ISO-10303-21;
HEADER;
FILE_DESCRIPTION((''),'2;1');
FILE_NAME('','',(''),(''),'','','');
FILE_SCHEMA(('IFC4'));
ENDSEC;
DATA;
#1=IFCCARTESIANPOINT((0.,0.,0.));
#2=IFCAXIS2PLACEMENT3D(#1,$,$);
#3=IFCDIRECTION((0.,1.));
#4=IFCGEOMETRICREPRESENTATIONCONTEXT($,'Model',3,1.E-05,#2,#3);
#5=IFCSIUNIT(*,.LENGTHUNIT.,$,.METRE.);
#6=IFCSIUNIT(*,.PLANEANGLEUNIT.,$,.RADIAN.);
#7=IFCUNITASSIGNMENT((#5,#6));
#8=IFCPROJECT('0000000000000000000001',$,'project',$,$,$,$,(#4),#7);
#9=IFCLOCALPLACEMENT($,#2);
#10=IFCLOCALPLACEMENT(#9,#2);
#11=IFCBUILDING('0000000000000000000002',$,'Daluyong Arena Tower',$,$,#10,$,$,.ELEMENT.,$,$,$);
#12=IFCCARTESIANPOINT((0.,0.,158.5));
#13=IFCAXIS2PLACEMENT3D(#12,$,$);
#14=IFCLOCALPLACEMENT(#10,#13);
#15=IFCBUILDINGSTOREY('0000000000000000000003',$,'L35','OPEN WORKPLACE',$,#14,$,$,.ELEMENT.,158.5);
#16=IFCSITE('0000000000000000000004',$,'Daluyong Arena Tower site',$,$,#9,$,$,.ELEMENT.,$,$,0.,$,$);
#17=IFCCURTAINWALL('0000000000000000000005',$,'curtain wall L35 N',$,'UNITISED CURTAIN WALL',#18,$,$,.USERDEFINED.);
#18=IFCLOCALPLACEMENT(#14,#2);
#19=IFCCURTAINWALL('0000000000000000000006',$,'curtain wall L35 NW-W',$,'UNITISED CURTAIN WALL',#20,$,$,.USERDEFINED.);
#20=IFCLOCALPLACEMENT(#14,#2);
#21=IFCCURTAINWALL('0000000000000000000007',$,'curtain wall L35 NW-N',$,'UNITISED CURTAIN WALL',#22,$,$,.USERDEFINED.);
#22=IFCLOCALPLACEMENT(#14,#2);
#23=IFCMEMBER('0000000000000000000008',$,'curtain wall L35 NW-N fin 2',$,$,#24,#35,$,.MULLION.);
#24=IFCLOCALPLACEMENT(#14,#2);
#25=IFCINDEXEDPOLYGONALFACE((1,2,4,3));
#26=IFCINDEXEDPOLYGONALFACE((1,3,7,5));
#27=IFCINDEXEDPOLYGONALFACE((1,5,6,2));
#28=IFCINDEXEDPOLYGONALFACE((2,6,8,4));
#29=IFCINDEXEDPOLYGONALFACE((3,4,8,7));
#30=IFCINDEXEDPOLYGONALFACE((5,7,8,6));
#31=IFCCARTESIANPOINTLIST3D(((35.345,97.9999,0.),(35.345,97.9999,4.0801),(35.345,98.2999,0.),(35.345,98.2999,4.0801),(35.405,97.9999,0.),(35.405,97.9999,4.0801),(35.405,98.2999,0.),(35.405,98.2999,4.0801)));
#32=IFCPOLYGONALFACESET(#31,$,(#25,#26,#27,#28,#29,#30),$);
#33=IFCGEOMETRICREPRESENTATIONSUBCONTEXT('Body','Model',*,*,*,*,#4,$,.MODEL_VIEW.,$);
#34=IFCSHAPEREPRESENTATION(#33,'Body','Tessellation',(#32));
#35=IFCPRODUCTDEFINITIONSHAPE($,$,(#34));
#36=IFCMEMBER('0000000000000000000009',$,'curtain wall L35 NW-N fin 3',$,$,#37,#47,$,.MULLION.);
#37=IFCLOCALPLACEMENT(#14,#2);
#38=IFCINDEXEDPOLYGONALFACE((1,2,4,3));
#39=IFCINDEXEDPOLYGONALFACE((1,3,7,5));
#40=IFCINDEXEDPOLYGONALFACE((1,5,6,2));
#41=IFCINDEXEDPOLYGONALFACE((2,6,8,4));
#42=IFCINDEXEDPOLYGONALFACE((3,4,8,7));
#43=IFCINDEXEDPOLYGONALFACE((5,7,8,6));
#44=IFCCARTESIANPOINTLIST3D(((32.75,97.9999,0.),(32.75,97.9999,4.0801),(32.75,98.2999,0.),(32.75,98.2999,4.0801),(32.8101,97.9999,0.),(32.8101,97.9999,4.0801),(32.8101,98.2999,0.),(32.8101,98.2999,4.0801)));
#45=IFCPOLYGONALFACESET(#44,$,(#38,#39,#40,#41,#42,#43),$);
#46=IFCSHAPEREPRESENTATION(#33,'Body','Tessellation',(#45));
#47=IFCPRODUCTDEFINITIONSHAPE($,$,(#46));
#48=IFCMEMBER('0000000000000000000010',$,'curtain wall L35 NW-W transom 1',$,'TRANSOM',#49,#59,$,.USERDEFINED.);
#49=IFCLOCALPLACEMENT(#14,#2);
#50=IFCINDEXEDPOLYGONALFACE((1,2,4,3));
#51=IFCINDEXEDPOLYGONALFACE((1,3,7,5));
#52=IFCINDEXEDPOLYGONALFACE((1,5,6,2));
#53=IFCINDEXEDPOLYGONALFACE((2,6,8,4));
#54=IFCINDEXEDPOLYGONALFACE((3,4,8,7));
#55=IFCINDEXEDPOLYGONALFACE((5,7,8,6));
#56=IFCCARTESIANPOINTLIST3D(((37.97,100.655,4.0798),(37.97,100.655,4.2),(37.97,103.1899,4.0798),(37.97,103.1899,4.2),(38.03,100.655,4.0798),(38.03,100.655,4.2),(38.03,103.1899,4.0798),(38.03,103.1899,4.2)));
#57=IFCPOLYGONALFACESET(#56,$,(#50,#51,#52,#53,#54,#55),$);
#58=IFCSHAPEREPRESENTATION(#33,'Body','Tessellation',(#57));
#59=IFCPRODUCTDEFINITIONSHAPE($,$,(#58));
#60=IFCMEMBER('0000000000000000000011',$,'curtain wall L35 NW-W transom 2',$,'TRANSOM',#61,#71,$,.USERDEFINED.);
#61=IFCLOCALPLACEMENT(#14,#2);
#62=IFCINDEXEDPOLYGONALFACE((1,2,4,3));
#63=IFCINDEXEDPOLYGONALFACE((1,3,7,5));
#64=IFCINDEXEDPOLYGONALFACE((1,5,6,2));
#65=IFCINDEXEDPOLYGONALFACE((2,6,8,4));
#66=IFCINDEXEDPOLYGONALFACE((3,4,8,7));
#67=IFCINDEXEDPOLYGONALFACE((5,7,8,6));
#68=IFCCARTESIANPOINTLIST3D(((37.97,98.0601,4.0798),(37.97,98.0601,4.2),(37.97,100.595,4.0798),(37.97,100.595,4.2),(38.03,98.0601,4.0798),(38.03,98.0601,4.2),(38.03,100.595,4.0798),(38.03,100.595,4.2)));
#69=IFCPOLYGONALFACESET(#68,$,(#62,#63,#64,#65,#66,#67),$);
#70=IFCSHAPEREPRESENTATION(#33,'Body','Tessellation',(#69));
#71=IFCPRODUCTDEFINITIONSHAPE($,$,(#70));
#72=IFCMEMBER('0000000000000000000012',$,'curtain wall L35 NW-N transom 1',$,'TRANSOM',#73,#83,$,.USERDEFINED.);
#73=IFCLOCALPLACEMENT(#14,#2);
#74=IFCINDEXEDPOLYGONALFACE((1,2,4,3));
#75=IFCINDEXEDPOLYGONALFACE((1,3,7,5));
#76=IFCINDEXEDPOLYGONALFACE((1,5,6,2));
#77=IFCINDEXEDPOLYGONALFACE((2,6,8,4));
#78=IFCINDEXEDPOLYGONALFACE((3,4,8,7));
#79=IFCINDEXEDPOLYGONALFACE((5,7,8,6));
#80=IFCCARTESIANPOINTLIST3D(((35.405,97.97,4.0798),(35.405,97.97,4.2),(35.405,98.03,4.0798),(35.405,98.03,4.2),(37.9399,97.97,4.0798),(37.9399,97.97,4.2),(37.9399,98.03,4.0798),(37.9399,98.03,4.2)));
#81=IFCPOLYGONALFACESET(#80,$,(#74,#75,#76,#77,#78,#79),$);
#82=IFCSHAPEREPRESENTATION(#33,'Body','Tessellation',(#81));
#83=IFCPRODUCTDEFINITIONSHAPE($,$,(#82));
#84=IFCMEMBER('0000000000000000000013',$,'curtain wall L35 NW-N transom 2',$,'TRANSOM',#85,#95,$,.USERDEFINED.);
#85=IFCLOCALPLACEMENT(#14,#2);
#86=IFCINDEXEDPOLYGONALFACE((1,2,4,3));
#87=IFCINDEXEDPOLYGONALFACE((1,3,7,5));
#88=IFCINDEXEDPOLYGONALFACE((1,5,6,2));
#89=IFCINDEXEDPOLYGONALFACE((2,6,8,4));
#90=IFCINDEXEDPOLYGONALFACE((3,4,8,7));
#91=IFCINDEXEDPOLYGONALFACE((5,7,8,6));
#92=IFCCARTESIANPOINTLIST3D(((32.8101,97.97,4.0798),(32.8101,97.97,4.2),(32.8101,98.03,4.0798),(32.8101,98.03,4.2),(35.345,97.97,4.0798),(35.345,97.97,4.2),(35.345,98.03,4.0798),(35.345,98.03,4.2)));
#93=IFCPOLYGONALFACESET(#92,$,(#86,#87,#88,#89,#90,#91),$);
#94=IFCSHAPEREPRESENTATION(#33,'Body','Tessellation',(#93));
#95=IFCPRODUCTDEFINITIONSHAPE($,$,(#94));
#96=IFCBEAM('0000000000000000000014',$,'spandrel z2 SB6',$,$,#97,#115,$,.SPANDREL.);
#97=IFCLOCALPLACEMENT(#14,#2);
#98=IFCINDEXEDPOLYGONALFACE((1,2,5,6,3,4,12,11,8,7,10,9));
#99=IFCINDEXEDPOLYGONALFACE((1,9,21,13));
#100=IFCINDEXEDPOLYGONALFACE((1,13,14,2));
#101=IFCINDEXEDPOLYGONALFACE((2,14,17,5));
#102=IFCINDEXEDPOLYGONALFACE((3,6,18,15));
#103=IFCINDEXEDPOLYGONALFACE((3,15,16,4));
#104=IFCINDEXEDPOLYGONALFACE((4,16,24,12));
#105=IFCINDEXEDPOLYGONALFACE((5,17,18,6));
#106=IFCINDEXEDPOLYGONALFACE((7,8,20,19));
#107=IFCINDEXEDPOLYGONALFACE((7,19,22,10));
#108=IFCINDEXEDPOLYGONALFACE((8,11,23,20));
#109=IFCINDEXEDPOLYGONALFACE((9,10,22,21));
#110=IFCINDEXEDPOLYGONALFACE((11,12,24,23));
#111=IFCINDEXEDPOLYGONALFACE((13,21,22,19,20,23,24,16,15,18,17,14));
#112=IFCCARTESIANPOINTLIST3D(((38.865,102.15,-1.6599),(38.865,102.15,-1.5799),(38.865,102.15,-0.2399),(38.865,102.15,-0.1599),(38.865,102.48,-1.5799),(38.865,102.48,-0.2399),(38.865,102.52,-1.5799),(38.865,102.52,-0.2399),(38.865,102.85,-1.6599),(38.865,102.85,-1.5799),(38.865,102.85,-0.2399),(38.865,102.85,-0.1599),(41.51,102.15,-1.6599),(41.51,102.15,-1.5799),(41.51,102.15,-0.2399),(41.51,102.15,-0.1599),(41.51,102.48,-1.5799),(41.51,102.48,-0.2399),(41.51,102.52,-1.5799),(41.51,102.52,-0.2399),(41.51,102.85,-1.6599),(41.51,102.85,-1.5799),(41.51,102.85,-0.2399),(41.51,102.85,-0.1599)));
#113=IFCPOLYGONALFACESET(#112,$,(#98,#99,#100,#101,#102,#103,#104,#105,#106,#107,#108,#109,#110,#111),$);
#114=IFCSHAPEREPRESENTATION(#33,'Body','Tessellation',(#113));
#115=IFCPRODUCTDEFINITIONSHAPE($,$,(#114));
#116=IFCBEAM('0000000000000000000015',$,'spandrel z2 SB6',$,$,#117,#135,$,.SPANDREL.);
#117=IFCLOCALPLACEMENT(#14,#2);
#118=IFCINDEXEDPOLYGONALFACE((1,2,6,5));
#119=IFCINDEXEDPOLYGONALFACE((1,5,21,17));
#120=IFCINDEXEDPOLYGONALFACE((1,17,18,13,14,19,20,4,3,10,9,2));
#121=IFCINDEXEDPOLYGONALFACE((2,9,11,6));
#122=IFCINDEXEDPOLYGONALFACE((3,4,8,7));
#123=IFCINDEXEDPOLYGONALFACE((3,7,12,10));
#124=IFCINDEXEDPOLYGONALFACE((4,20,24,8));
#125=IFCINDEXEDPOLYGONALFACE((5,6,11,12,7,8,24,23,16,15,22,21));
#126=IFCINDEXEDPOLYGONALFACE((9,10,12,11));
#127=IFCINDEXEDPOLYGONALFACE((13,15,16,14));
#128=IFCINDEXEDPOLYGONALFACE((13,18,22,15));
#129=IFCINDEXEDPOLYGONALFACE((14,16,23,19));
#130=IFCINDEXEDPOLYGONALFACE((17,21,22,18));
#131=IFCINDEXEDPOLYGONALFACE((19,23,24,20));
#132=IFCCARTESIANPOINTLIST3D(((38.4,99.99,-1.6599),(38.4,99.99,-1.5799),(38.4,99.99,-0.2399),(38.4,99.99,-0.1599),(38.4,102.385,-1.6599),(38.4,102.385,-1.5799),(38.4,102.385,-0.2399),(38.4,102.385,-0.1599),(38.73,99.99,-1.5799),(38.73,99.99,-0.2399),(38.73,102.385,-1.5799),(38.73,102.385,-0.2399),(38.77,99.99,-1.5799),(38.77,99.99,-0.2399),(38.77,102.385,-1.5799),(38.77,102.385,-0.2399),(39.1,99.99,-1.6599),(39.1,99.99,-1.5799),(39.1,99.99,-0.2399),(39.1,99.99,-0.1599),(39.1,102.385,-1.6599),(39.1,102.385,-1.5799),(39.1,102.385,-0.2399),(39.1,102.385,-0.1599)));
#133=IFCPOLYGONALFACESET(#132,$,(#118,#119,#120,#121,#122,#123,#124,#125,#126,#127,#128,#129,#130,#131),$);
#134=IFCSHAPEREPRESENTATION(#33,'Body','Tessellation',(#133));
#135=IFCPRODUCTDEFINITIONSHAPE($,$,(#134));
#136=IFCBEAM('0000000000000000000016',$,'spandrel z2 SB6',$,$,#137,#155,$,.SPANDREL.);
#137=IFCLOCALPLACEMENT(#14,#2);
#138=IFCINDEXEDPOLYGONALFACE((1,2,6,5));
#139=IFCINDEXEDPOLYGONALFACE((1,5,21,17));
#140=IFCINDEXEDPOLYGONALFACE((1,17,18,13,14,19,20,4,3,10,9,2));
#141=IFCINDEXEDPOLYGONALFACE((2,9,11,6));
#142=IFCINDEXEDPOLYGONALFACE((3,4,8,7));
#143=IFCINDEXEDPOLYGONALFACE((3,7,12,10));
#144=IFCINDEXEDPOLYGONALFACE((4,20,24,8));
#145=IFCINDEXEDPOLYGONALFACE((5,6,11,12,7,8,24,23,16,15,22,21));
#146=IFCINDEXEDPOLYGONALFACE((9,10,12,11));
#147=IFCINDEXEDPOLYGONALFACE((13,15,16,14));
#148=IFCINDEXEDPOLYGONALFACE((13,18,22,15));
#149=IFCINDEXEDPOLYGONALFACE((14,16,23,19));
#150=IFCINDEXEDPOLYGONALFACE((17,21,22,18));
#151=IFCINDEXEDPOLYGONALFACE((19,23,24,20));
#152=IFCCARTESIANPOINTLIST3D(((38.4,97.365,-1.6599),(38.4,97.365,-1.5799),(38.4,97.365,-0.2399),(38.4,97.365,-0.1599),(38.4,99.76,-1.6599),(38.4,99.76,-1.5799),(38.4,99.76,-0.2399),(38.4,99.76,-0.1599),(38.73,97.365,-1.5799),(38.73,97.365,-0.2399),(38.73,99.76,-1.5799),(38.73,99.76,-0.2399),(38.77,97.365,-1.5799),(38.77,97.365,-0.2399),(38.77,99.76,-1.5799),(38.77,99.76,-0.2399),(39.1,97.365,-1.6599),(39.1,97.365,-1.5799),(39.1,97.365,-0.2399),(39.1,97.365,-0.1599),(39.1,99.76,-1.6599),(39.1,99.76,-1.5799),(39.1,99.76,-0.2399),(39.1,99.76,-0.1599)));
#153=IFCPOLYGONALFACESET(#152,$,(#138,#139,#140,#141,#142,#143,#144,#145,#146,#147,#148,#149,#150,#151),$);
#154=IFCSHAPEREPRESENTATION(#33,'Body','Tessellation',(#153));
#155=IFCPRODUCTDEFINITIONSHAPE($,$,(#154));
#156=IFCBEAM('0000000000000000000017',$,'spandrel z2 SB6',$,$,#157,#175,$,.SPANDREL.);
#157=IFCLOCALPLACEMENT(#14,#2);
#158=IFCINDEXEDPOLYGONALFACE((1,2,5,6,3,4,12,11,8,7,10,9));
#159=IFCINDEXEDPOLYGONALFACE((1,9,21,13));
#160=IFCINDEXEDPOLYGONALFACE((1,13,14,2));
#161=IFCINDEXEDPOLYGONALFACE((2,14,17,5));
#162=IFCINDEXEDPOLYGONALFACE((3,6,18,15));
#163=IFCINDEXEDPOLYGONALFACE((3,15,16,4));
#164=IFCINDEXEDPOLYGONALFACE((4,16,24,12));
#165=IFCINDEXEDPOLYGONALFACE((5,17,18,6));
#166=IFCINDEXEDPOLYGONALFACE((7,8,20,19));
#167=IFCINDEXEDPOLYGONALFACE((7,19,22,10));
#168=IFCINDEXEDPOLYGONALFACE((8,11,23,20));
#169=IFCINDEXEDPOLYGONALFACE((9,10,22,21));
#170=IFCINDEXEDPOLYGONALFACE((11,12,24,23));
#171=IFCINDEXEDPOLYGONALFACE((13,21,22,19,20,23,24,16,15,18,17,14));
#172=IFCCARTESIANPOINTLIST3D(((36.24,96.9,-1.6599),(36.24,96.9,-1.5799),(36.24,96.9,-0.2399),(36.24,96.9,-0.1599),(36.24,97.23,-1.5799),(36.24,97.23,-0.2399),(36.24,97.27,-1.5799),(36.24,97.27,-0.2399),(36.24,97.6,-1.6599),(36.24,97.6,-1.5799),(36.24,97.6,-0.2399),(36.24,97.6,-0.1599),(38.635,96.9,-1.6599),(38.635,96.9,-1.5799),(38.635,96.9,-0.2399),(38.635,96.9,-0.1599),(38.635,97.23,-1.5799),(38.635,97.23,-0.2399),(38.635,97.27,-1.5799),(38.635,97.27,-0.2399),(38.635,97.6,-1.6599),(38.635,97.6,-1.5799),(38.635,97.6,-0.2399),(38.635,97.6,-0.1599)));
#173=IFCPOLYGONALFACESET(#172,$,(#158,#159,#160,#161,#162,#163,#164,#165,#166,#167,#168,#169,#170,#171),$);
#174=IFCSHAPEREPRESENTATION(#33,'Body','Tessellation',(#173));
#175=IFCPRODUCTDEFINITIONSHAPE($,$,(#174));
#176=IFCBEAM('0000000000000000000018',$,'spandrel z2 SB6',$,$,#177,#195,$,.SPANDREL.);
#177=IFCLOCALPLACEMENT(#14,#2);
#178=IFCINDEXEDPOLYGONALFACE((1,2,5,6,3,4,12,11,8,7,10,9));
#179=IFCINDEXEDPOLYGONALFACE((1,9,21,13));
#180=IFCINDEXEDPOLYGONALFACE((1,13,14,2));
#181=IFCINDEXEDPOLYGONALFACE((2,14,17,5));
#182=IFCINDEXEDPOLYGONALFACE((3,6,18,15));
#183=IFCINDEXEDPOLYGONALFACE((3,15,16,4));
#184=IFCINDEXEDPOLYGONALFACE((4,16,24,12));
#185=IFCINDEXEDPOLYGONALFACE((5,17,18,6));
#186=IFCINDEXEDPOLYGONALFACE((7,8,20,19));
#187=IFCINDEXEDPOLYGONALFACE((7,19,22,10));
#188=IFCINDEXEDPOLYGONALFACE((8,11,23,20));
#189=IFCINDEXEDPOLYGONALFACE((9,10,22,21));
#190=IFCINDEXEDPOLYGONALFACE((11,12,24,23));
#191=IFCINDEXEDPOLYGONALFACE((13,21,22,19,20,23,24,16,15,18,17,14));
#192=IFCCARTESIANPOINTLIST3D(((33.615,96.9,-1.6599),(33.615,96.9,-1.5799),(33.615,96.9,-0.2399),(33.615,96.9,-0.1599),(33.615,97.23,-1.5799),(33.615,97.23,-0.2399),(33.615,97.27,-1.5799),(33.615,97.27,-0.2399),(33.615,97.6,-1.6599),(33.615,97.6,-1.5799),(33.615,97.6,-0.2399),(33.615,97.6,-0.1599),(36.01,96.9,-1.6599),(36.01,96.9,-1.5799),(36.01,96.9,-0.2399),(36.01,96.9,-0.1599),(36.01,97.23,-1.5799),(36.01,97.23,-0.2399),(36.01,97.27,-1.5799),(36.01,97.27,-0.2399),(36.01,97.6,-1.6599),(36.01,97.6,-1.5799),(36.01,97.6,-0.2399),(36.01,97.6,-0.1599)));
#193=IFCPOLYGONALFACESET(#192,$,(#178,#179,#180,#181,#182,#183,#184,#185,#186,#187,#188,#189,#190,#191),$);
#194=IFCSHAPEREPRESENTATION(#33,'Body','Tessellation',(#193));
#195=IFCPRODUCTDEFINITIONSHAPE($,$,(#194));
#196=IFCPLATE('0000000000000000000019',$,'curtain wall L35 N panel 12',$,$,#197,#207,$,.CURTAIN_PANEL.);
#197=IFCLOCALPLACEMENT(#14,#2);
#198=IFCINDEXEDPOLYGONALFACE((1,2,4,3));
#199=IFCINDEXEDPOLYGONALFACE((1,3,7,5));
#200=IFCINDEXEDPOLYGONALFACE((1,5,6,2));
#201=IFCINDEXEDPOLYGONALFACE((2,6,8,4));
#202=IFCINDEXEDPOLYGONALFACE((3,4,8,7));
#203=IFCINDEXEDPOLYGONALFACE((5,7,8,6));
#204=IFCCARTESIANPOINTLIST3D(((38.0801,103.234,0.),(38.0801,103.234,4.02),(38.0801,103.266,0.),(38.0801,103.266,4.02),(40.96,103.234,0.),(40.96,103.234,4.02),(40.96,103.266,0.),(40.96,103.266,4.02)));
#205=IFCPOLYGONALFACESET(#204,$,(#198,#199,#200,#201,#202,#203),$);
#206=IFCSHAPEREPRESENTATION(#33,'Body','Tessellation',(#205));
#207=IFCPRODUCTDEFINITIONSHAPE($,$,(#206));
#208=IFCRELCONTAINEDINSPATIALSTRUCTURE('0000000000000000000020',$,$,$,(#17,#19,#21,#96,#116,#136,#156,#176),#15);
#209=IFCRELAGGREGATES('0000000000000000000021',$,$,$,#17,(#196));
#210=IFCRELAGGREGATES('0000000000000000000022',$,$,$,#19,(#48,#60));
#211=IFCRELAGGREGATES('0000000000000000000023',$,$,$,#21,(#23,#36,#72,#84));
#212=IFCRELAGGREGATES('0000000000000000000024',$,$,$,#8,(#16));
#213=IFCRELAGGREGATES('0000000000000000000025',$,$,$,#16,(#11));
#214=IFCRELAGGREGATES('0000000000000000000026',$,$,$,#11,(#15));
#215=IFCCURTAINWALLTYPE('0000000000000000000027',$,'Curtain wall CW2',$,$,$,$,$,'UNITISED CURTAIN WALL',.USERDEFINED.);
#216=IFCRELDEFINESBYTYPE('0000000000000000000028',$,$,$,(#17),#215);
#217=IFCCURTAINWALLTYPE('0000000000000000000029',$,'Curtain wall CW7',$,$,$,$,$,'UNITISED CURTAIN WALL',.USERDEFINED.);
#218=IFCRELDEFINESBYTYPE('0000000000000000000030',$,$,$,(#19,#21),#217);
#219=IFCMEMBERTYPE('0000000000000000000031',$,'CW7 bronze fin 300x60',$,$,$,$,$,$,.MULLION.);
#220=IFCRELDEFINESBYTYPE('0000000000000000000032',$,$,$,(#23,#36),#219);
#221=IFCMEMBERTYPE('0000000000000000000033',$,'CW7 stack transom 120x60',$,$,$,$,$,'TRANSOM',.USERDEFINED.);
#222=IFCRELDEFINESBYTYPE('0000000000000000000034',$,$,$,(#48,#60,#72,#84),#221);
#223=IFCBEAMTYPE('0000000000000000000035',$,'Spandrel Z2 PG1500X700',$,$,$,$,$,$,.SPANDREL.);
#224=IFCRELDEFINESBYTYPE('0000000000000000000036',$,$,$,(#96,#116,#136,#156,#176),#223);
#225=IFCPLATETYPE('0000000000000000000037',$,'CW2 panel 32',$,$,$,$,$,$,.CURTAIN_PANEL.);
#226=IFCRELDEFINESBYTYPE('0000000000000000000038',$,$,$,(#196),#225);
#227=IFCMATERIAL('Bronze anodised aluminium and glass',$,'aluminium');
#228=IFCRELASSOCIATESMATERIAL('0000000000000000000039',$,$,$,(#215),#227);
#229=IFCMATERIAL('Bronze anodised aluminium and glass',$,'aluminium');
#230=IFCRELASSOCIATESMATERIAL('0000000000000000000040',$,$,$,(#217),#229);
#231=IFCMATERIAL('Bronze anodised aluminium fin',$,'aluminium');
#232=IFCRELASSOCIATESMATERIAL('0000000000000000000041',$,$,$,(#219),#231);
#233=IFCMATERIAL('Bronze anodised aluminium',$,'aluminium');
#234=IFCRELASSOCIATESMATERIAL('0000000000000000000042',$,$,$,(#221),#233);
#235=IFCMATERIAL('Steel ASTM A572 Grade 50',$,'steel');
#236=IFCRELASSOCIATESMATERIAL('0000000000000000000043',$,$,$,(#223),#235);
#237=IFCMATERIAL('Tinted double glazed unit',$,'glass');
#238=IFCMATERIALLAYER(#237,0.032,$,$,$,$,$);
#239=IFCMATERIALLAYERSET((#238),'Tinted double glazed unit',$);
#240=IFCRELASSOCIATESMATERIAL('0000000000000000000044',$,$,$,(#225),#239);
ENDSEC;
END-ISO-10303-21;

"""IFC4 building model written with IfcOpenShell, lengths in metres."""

from ifc_helpers import new_model, si_unit, direction, frame, origin, origin_2d, place, context, subcontext, project, spatial, rectangle, i_section, extrude, material, layer, layer_set, material_profile, profile_set, type_object, element, aggregate, save


model = new_model("IFC4")

# Units and contexts
model_context = context("Model", 3, precision=1e-05, world=origin(), true_north=direction((0.0, 1.0)))
body_context = subcontext(model_context, "Body", "Model", "MODEL_VIEW")
ifc_project = project(units=[si_unit("LENGTHUNIT", "METRE"), si_unit("PLANEANGLEUNIT", "RADIAN")], contexts=[model_context])

# Site, building, storey
site_placement = place(None, origin())
site = spatial("IfcSite", under=ifc_project, at=site_placement, Name="Daluyong Arena Tower site", CompositionType="ELEMENT", RefElevation=0.0)
building_placement = place(site_placement, origin())
building = spatial("IfcBuilding", under=site, at=building_placement, Name="Daluyong Arena Tower", CompositionType="ELEMENT")
storey_placement = place(building_placement, frame((0.0, 0.0, 158.5)))
storey = spatial("IfcBuildingStorey", under=building, at=storey_placement, Name="L35", Description="OPEN WORKPLACE", CompositionType="ELEMENT", Elevation=158.5)

# Curtain wall
ifc_material_1 = material(Name="Bronze anodised aluminium and glass", Category="aluminium")
curtain_wall_type_1 = type_object("IfcCurtainWallType", Name="Curtain wall CW2", ElementType="UNITISED CURTAIN WALL", PredefinedType="USERDEFINED", material=ifc_material_1)
curtain_wall_1_placement = place(storey_placement, origin())
curtain_wall_1 = element("IfcCurtainWall", 1, at=curtain_wall_1_placement, inside=storey, type_object=curtain_wall_type_1, Name="curtain wall L35 N", ObjectType="UNITISED CURTAIN WALL", PredefinedType="USERDEFINED")

# Curtain walls, members
ifc_material_2 = material(Name="Bronze anodised aluminium and glass", Category="aluminium")
curtain_wall_type_2 = type_object("IfcCurtainWallType", Name="Curtain wall CW7", ElementType="UNITISED CURTAIN WALL", PredefinedType="USERDEFINED", material=ifc_material_2)
curtain_wall_2_placement = place(storey_placement, origin())
curtain_wall_2 = element("IfcCurtainWall", 2, at=curtain_wall_2_placement, inside=storey, type_object=curtain_wall_type_2, Name="curtain wall L35 NW-W", ObjectType="UNITISED CURTAIN WALL", PredefinedType="USERDEFINED")
ifc_material_3 = material(Name="Bronze anodised aluminium fin", Category="aluminium")
ifc_material_profile_1 = material_profile(ifc_material_3, rectangle(XDim=0.3, YDim=0.0601, at=origin_2d()))
ifc_profile_set_1 = profile_set([ifc_material_profile_1], Name="Bronze anodised aluminium fin")
member_type_1 = type_object("IfcMemberType", Name="CW7 bronze fin 300x60", PredefinedType="MULLION", material=ifc_profile_set_1)
curtain_wall_3_placement = place(storey_placement, origin())
curtain_wall_3 = element("IfcCurtainWall", 3, at=curtain_wall_3_placement, inside=storey, type_object=curtain_wall_type_2, Name="curtain wall L35 NW-N", ObjectType="UNITISED CURTAIN WALL", PredefinedType="USERDEFINED")
member_1_placement = place(storey_placement, frame((35.375, 98.1499, 0.0), z_axis=(0.0, 0.0, 1.0), x_axis=(0.0, -1.0, 0.0)))
member_1 = element("IfcMember", 4, at=member_1_placement, type_object=member_type_1, Name="curtain wall L35 NW-N fin 2", PredefinedType="MULLION", context=body_context, shape_type="SweptSolid", body=[
    extrude(rectangle(XDim=0.3, YDim=0.0601, at=origin_2d()), origin(), (0.0, 0.0, 1.0), 4.0801),
])
member_2_placement = place(storey_placement, frame((32.78, 98.1499, 0.0), z_axis=(0.0, 0.0, 1.0), x_axis=(0.0, -1.0, 0.0)))
member_2 = element("IfcMember", 5, at=member_2_placement, type_object=member_type_1, Name="curtain wall L35 NW-N fin 3", PredefinedType="MULLION", context=body_context, shape_type="SweptSolid", body=[
    extrude(rectangle(XDim=0.3, YDim=0.0601, at=origin_2d()), origin(), (0.0, 0.0, 1.0), 4.0801),
])

# Members
ifc_material_4 = material(Name="Bronze anodised aluminium", Category="aluminium")
ifc_material_profile_2 = material_profile(ifc_material_4, rectangle(XDim=0.0601, YDim=0.1201, at=origin_2d()))
ifc_profile_set_2 = profile_set([ifc_material_profile_2], Name="Bronze anodised aluminium")
member_type_2 = type_object("IfcMemberType", Name="CW7 stack transom 120x60", ElementType="TRANSOM", PredefinedType="USERDEFINED", material=ifc_profile_set_2)
member_3_placement = place(storey_placement, frame((38.0, 103.1899, 4.1399), z_axis=(0.0, -1.0, 0.0), x_axis=(1.0, 0.0, 0.0)))
member_3 = element("IfcMember", 6, at=member_3_placement, type_object=member_type_2, Name="curtain wall L35 NW-W transom 1", ObjectType="TRANSOM", PredefinedType="USERDEFINED", context=body_context, shape_type="SweptSolid", body=[
    extrude(rectangle(XDim=0.0601, YDim=0.1201, at=origin_2d()), origin(), (0.0, 0.0, 1.0), 2.5349),
])
member_4_placement = place(storey_placement, frame((38.0, 100.595, 4.1399), z_axis=(0.0, -1.0, 0.0), x_axis=(1.0, 0.0, 0.0)))
member_4 = element("IfcMember", 7, at=member_4_placement, type_object=member_type_2, Name="curtain wall L35 NW-W transom 2", ObjectType="TRANSOM", PredefinedType="USERDEFINED", context=body_context, shape_type="SweptSolid", body=[
    extrude(rectangle(XDim=0.0601, YDim=0.1201, at=origin_2d()), origin(), (0.0, 0.0, 1.0), 2.5349),
])
member_5_placement = place(storey_placement, frame((37.9399, 98.0, 4.1399), z_axis=(-1.0, 0.0, 0.0), x_axis=(0.0, -1.0, 0.0)))
member_5 = element("IfcMember", 8, at=member_5_placement, type_object=member_type_2, Name="curtain wall L35 NW-N transom 1", ObjectType="TRANSOM", PredefinedType="USERDEFINED", context=body_context, shape_type="SweptSolid", body=[
    extrude(rectangle(XDim=0.0601, YDim=0.1201, at=origin_2d()), origin(), (0.0, 0.0, 1.0), 2.5349),
])
member_6_placement = place(storey_placement, frame((35.345, 98.0, 4.1399), z_axis=(-1.0, 0.0, 0.0), x_axis=(0.0, -1.0, 0.0)))
member_6 = element("IfcMember", 9, at=member_6_placement, type_object=member_type_2, Name="curtain wall L35 NW-N transom 2", ObjectType="TRANSOM", PredefinedType="USERDEFINED", context=body_context, shape_type="SweptSolid", body=[
    extrude(rectangle(XDim=0.0601, YDim=0.1201, at=origin_2d()), origin(), (0.0, 0.0, 1.0), 2.5349),
])

# Beams
ifc_material_5 = material(Name="Steel ASTM A572 Grade 50", Category="steel")
ifc_material_profile_3 = material_profile(ifc_material_5, i_section(OverallWidth=0.7, OverallDepth=1.5, WebThickness=0.04, FlangeThickness=0.08, at=origin_2d()))
ifc_profile_set_3 = profile_set([ifc_material_profile_3], Name="Steel ASTM A572 Grade 50")
beam_type = type_object("IfcBeamType", Name="Spandrel Z2 PG1500X700", PredefinedType="SPANDREL", material=ifc_profile_set_3)
beam_placement = place(storey_placement, frame((41.51, 102.5, -0.9099), z_axis=(-1.0, 0.0, 0.0), x_axis=(0.0, -1.0, 0.0)))
element("IfcBeam", 10, at=beam_placement, inside=storey, type_object=beam_type, Name="spandrel z2 SB6", PredefinedType="SPANDREL", context=body_context, shape_type="SweptSolid", body=[
    extrude(i_section(OverallWidth=0.7, OverallDepth=1.5, WebThickness=0.04, FlangeThickness=0.08, at=origin_2d()), origin(), (0.0, 0.0, 1.0), 2.645),
])
for number, where, z_axis, x_axis, name in (
    (11, (38.75, 102.385, -0.9099), (0.0, -1.0, 0.0), (1.0, 0.0, 0.0), "spandrel z2 SB6"),
    (12, (38.75, 99.76, -0.9099), (0.0, -1.0, 0.0), (1.0, 0.0, 0.0), "spandrel z2 SB6"),
    (13, (38.635, 97.25, -0.9099), (-1.0, 0.0, 0.0), (0.0, -1.0, 0.0), "spandrel z2 SB6"),
    (14, (36.01, 97.25, -0.9099), (-1.0, 0.0, 0.0), (0.0, -1.0, 0.0), "spandrel z2 SB6"),
):
    element("IfcBeam", number, at=place(storey_placement, frame(where, z_axis=z_axis, x_axis=x_axis)), inside=storey, type_object=beam_type, Name=name, PredefinedType="SPANDREL", context=body_context, shape_type="SweptSolid", body=[
        extrude(i_section(OverallWidth=0.7, OverallDepth=1.5, WebThickness=0.04, FlangeThickness=0.08, at=origin_2d()), origin(), (0.0, 0.0, 1.0), 2.395),
    ])

# Plate
ifc_material_6 = material(Name="Tinted double glazed unit", Category="glass")
ifc_layer_1 = layer(ifc_material_6, 0.032)
ifc_layer_set_1 = layer_set([ifc_layer_1], Name="Tinted double glazed unit")
plate_type_1 = type_object("IfcPlateType", Name="CW2 panel 32", PredefinedType="CURTAIN_PANEL", material=ifc_layer_set_1)
plate_1_placement = place(storey_placement, frame((39.52, 103.25, 0.0), z_axis=(0.0, 0.0, 1.0), x_axis=(-1.0, 0.0, 0.0)))
plate_1 = element("IfcPlate", 15, at=plate_1_placement, type_object=plate_type_1, Name="curtain wall L35 N panel 12", PredefinedType="CURTAIN_PANEL", context=body_context, shape_type="SweptSolid", body=[
    extrude(rectangle(XDim=2.8799, YDim=0.032, at=origin_2d()), origin(), (0.0, 0.0, 1.0), 4.02),
])
aggregate(curtain_wall_1, [plate_1])
aggregate(curtain_wall_2, [member_3, member_4])
aggregate(curtain_wall_3, [member_1, member_2, member_5, member_6])

save(model, "model.ifc")
